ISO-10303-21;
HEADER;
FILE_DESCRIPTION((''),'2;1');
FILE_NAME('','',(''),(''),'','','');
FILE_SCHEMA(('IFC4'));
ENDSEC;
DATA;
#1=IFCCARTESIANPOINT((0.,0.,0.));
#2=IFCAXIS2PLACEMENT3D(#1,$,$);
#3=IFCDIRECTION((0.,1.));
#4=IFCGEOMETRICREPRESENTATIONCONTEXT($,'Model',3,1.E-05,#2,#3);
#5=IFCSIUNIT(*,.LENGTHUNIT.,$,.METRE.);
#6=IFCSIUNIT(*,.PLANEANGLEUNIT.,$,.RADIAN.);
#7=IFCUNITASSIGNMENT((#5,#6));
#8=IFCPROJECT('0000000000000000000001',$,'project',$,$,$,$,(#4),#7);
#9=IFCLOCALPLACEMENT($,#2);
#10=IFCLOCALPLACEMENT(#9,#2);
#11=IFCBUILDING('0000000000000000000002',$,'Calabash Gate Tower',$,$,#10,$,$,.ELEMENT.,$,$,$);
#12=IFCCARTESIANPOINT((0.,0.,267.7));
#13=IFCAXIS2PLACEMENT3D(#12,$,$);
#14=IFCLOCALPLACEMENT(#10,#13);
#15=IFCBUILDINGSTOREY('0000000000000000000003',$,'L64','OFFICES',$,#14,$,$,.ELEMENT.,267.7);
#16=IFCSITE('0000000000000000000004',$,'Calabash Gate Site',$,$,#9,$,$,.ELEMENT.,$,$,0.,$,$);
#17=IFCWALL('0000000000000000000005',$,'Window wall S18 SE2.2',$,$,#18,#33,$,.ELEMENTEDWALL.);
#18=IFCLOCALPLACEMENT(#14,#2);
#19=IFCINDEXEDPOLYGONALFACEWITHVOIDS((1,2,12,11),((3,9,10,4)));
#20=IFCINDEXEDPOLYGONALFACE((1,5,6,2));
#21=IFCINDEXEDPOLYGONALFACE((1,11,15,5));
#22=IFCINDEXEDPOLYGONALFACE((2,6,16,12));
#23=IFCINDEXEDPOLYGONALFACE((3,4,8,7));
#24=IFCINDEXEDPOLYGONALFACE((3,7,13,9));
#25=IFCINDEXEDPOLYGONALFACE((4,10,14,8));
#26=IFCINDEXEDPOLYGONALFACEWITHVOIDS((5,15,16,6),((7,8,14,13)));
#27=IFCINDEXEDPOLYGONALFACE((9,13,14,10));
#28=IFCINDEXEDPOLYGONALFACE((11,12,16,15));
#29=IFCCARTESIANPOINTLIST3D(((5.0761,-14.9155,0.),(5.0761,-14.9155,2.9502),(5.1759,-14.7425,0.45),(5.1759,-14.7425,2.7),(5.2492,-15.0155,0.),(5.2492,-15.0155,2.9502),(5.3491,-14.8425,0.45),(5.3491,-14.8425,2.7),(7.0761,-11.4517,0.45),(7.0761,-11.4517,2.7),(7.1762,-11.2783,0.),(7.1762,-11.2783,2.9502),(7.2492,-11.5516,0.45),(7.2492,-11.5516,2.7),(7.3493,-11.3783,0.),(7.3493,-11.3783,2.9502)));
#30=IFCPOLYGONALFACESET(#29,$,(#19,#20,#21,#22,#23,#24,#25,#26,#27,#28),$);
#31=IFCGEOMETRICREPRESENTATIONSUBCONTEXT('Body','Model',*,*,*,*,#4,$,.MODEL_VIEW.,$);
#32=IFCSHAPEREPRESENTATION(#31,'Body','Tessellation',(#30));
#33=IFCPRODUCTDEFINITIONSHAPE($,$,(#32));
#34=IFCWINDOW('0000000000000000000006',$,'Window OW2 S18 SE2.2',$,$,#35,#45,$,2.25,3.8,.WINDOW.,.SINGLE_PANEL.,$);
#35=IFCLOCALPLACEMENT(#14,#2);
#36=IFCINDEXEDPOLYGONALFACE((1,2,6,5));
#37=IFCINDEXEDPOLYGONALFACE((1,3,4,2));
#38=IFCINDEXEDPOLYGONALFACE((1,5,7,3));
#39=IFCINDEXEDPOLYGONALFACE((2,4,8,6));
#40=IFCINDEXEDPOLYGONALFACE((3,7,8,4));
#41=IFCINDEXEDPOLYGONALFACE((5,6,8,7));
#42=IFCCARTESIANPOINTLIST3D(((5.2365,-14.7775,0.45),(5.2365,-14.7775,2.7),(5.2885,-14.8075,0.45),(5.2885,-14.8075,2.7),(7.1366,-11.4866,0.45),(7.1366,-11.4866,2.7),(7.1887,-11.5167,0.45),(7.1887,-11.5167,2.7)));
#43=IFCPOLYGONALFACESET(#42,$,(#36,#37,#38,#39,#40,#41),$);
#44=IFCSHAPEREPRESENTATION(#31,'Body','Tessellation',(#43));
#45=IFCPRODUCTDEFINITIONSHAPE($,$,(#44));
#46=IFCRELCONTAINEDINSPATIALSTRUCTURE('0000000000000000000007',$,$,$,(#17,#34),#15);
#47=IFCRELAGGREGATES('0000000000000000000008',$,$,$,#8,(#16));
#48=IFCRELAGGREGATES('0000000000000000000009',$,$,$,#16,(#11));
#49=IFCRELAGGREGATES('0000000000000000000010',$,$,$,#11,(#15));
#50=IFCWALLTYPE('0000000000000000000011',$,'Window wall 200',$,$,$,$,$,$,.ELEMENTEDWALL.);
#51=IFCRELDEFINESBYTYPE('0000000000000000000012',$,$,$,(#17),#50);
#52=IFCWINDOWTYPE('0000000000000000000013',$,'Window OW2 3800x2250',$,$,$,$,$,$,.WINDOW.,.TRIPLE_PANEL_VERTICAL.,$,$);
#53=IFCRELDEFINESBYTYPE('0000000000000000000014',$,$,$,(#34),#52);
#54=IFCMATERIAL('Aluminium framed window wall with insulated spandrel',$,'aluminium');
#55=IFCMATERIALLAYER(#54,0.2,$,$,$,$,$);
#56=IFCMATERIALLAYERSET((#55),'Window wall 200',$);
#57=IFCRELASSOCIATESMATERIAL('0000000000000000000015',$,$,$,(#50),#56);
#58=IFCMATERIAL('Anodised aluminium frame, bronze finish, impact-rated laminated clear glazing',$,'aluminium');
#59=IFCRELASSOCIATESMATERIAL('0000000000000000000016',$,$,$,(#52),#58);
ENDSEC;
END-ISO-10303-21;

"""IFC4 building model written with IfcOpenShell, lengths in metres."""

from ifc_helpers import new_model, si_unit, direction, frame, frame_2d, origin, place, context, subcontext, project, spatial, rectangle, extrude, material, layer, layer_set, type_object, element, fill, save


model = new_model("IFC4")

# Units and contexts
model_context = context("Model", 3, precision=1e-05, world=origin(), true_north=direction((0.0, 1.0)))
body_context = subcontext(model_context, "Body", "Model", "MODEL_VIEW")
ifc_project = project(units=[si_unit("LENGTHUNIT", "METRE"), si_unit("PLANEANGLEUNIT", "RADIAN")], contexts=[model_context])

# Site, building, storey
site_placement = place(None, origin())
site = spatial("IfcSite", under=ifc_project, at=site_placement, Name="Calabash Gate Site", CompositionType="ELEMENT", RefElevation=0.0)
building_placement = place(site_placement, origin())
building = spatial("IfcBuilding", under=site, at=building_placement, Name="Calabash Gate Tower", CompositionType="ELEMENT")
storey_placement = place(building_placement, frame((0.0, 0.0, 267.7)))
storey = spatial("IfcBuildingStorey", under=building, at=storey_placement, Name="L64", Description="OFFICES", CompositionType="ELEMENT", Elevation=267.7)

# Shared definitions
ifc_material_1 = material(Name="Aluminium framed window wall with insulated spandrel", Category="aluminium")
ifc_layer_1 = layer(ifc_material_1, 0.2)
ifc_layer_set_1 = layer_set([ifc_layer_1], Name="Window wall 200")
wall_type_1 = type_object("IfcWallType", Name="Window wall 200", PredefinedType="ELEMENTEDWALL", material=ifc_layer_set_1)

# Wall, opening, window
wall_1_placement = place(storey_placement, frame((5.1626, -14.9656, 0.0), z_axis=(0.0, 0.0, 1.0), x_axis=(0.500028, 0.866009, 0.0)))
wall_1 = element("IfcWall", 1, at=wall_1_placement, inside=storey, type_object=wall_type_1, Name="Window wall S18 SE2.2", PredefinedType="ELEMENTEDWALL", context=body_context, shape_type="SweptSolid", body=[
    extrude(rectangle(XDim=4.2, YDim=0.2, at=frame_2d((2.1001, 0.0))), origin(), (0.0, 0.0, 1.0), 2.9502),
])
opening_1_placement = place(wall_1_placement, frame((0.2, 0.0, 0.45)))
opening_1 = element("IfcOpeningElement", 2, at=opening_1_placement, cuts=wall_1, PredefinedType="OPENING", context=body_context, shape_type="SweptSolid", body=[
    extrude(rectangle(XDim=3.8, YDim=2.25, at=frame_2d((1.8999, 1.125))), frame((0.0, 0.1099, 0.0), z_axis=(0.0, -1.0, 0.0), x_axis=(1.0, 0.0, 0.0)), (0.0, 0.0, 1.0), 0.22),
])
ifc_material_2 = material(Name="Anodised aluminium frame, bronze finish, impact-rated laminated clear glazing", Category="aluminium")
window_type_1 = type_object("IfcWindowType", Name="Window OW2 3800x2250", PartitioningType="TRIPLE_PANEL_VERTICAL", PredefinedType="WINDOW", material=ifc_material_2)
window_1_placement = place(opening_1_placement, origin())
window_1 = element("IfcWindow", 3, at=window_1_placement, inside=storey, type_object=window_type_1, Name="Window OW2 S18 SE2.2", OverallHeight=2.25, OverallWidth=3.8, PartitioningType="SINGLE_PANEL", PredefinedType="WINDOW", context=body_context, shape_type="SweptSolid", body=[
    extrude(rectangle(XDim=3.8, YDim=2.25, at=frame_2d((1.8999, 1.125))), frame((0.0, 0.03, 0.0), z_axis=(0.0, -1.0, 0.0), x_axis=(1.0, 0.0, 0.0)), (0.0, 0.0, 1.0), 0.0601),
])
fill(opening_1, window_1)

save(model, "model.ifc")
